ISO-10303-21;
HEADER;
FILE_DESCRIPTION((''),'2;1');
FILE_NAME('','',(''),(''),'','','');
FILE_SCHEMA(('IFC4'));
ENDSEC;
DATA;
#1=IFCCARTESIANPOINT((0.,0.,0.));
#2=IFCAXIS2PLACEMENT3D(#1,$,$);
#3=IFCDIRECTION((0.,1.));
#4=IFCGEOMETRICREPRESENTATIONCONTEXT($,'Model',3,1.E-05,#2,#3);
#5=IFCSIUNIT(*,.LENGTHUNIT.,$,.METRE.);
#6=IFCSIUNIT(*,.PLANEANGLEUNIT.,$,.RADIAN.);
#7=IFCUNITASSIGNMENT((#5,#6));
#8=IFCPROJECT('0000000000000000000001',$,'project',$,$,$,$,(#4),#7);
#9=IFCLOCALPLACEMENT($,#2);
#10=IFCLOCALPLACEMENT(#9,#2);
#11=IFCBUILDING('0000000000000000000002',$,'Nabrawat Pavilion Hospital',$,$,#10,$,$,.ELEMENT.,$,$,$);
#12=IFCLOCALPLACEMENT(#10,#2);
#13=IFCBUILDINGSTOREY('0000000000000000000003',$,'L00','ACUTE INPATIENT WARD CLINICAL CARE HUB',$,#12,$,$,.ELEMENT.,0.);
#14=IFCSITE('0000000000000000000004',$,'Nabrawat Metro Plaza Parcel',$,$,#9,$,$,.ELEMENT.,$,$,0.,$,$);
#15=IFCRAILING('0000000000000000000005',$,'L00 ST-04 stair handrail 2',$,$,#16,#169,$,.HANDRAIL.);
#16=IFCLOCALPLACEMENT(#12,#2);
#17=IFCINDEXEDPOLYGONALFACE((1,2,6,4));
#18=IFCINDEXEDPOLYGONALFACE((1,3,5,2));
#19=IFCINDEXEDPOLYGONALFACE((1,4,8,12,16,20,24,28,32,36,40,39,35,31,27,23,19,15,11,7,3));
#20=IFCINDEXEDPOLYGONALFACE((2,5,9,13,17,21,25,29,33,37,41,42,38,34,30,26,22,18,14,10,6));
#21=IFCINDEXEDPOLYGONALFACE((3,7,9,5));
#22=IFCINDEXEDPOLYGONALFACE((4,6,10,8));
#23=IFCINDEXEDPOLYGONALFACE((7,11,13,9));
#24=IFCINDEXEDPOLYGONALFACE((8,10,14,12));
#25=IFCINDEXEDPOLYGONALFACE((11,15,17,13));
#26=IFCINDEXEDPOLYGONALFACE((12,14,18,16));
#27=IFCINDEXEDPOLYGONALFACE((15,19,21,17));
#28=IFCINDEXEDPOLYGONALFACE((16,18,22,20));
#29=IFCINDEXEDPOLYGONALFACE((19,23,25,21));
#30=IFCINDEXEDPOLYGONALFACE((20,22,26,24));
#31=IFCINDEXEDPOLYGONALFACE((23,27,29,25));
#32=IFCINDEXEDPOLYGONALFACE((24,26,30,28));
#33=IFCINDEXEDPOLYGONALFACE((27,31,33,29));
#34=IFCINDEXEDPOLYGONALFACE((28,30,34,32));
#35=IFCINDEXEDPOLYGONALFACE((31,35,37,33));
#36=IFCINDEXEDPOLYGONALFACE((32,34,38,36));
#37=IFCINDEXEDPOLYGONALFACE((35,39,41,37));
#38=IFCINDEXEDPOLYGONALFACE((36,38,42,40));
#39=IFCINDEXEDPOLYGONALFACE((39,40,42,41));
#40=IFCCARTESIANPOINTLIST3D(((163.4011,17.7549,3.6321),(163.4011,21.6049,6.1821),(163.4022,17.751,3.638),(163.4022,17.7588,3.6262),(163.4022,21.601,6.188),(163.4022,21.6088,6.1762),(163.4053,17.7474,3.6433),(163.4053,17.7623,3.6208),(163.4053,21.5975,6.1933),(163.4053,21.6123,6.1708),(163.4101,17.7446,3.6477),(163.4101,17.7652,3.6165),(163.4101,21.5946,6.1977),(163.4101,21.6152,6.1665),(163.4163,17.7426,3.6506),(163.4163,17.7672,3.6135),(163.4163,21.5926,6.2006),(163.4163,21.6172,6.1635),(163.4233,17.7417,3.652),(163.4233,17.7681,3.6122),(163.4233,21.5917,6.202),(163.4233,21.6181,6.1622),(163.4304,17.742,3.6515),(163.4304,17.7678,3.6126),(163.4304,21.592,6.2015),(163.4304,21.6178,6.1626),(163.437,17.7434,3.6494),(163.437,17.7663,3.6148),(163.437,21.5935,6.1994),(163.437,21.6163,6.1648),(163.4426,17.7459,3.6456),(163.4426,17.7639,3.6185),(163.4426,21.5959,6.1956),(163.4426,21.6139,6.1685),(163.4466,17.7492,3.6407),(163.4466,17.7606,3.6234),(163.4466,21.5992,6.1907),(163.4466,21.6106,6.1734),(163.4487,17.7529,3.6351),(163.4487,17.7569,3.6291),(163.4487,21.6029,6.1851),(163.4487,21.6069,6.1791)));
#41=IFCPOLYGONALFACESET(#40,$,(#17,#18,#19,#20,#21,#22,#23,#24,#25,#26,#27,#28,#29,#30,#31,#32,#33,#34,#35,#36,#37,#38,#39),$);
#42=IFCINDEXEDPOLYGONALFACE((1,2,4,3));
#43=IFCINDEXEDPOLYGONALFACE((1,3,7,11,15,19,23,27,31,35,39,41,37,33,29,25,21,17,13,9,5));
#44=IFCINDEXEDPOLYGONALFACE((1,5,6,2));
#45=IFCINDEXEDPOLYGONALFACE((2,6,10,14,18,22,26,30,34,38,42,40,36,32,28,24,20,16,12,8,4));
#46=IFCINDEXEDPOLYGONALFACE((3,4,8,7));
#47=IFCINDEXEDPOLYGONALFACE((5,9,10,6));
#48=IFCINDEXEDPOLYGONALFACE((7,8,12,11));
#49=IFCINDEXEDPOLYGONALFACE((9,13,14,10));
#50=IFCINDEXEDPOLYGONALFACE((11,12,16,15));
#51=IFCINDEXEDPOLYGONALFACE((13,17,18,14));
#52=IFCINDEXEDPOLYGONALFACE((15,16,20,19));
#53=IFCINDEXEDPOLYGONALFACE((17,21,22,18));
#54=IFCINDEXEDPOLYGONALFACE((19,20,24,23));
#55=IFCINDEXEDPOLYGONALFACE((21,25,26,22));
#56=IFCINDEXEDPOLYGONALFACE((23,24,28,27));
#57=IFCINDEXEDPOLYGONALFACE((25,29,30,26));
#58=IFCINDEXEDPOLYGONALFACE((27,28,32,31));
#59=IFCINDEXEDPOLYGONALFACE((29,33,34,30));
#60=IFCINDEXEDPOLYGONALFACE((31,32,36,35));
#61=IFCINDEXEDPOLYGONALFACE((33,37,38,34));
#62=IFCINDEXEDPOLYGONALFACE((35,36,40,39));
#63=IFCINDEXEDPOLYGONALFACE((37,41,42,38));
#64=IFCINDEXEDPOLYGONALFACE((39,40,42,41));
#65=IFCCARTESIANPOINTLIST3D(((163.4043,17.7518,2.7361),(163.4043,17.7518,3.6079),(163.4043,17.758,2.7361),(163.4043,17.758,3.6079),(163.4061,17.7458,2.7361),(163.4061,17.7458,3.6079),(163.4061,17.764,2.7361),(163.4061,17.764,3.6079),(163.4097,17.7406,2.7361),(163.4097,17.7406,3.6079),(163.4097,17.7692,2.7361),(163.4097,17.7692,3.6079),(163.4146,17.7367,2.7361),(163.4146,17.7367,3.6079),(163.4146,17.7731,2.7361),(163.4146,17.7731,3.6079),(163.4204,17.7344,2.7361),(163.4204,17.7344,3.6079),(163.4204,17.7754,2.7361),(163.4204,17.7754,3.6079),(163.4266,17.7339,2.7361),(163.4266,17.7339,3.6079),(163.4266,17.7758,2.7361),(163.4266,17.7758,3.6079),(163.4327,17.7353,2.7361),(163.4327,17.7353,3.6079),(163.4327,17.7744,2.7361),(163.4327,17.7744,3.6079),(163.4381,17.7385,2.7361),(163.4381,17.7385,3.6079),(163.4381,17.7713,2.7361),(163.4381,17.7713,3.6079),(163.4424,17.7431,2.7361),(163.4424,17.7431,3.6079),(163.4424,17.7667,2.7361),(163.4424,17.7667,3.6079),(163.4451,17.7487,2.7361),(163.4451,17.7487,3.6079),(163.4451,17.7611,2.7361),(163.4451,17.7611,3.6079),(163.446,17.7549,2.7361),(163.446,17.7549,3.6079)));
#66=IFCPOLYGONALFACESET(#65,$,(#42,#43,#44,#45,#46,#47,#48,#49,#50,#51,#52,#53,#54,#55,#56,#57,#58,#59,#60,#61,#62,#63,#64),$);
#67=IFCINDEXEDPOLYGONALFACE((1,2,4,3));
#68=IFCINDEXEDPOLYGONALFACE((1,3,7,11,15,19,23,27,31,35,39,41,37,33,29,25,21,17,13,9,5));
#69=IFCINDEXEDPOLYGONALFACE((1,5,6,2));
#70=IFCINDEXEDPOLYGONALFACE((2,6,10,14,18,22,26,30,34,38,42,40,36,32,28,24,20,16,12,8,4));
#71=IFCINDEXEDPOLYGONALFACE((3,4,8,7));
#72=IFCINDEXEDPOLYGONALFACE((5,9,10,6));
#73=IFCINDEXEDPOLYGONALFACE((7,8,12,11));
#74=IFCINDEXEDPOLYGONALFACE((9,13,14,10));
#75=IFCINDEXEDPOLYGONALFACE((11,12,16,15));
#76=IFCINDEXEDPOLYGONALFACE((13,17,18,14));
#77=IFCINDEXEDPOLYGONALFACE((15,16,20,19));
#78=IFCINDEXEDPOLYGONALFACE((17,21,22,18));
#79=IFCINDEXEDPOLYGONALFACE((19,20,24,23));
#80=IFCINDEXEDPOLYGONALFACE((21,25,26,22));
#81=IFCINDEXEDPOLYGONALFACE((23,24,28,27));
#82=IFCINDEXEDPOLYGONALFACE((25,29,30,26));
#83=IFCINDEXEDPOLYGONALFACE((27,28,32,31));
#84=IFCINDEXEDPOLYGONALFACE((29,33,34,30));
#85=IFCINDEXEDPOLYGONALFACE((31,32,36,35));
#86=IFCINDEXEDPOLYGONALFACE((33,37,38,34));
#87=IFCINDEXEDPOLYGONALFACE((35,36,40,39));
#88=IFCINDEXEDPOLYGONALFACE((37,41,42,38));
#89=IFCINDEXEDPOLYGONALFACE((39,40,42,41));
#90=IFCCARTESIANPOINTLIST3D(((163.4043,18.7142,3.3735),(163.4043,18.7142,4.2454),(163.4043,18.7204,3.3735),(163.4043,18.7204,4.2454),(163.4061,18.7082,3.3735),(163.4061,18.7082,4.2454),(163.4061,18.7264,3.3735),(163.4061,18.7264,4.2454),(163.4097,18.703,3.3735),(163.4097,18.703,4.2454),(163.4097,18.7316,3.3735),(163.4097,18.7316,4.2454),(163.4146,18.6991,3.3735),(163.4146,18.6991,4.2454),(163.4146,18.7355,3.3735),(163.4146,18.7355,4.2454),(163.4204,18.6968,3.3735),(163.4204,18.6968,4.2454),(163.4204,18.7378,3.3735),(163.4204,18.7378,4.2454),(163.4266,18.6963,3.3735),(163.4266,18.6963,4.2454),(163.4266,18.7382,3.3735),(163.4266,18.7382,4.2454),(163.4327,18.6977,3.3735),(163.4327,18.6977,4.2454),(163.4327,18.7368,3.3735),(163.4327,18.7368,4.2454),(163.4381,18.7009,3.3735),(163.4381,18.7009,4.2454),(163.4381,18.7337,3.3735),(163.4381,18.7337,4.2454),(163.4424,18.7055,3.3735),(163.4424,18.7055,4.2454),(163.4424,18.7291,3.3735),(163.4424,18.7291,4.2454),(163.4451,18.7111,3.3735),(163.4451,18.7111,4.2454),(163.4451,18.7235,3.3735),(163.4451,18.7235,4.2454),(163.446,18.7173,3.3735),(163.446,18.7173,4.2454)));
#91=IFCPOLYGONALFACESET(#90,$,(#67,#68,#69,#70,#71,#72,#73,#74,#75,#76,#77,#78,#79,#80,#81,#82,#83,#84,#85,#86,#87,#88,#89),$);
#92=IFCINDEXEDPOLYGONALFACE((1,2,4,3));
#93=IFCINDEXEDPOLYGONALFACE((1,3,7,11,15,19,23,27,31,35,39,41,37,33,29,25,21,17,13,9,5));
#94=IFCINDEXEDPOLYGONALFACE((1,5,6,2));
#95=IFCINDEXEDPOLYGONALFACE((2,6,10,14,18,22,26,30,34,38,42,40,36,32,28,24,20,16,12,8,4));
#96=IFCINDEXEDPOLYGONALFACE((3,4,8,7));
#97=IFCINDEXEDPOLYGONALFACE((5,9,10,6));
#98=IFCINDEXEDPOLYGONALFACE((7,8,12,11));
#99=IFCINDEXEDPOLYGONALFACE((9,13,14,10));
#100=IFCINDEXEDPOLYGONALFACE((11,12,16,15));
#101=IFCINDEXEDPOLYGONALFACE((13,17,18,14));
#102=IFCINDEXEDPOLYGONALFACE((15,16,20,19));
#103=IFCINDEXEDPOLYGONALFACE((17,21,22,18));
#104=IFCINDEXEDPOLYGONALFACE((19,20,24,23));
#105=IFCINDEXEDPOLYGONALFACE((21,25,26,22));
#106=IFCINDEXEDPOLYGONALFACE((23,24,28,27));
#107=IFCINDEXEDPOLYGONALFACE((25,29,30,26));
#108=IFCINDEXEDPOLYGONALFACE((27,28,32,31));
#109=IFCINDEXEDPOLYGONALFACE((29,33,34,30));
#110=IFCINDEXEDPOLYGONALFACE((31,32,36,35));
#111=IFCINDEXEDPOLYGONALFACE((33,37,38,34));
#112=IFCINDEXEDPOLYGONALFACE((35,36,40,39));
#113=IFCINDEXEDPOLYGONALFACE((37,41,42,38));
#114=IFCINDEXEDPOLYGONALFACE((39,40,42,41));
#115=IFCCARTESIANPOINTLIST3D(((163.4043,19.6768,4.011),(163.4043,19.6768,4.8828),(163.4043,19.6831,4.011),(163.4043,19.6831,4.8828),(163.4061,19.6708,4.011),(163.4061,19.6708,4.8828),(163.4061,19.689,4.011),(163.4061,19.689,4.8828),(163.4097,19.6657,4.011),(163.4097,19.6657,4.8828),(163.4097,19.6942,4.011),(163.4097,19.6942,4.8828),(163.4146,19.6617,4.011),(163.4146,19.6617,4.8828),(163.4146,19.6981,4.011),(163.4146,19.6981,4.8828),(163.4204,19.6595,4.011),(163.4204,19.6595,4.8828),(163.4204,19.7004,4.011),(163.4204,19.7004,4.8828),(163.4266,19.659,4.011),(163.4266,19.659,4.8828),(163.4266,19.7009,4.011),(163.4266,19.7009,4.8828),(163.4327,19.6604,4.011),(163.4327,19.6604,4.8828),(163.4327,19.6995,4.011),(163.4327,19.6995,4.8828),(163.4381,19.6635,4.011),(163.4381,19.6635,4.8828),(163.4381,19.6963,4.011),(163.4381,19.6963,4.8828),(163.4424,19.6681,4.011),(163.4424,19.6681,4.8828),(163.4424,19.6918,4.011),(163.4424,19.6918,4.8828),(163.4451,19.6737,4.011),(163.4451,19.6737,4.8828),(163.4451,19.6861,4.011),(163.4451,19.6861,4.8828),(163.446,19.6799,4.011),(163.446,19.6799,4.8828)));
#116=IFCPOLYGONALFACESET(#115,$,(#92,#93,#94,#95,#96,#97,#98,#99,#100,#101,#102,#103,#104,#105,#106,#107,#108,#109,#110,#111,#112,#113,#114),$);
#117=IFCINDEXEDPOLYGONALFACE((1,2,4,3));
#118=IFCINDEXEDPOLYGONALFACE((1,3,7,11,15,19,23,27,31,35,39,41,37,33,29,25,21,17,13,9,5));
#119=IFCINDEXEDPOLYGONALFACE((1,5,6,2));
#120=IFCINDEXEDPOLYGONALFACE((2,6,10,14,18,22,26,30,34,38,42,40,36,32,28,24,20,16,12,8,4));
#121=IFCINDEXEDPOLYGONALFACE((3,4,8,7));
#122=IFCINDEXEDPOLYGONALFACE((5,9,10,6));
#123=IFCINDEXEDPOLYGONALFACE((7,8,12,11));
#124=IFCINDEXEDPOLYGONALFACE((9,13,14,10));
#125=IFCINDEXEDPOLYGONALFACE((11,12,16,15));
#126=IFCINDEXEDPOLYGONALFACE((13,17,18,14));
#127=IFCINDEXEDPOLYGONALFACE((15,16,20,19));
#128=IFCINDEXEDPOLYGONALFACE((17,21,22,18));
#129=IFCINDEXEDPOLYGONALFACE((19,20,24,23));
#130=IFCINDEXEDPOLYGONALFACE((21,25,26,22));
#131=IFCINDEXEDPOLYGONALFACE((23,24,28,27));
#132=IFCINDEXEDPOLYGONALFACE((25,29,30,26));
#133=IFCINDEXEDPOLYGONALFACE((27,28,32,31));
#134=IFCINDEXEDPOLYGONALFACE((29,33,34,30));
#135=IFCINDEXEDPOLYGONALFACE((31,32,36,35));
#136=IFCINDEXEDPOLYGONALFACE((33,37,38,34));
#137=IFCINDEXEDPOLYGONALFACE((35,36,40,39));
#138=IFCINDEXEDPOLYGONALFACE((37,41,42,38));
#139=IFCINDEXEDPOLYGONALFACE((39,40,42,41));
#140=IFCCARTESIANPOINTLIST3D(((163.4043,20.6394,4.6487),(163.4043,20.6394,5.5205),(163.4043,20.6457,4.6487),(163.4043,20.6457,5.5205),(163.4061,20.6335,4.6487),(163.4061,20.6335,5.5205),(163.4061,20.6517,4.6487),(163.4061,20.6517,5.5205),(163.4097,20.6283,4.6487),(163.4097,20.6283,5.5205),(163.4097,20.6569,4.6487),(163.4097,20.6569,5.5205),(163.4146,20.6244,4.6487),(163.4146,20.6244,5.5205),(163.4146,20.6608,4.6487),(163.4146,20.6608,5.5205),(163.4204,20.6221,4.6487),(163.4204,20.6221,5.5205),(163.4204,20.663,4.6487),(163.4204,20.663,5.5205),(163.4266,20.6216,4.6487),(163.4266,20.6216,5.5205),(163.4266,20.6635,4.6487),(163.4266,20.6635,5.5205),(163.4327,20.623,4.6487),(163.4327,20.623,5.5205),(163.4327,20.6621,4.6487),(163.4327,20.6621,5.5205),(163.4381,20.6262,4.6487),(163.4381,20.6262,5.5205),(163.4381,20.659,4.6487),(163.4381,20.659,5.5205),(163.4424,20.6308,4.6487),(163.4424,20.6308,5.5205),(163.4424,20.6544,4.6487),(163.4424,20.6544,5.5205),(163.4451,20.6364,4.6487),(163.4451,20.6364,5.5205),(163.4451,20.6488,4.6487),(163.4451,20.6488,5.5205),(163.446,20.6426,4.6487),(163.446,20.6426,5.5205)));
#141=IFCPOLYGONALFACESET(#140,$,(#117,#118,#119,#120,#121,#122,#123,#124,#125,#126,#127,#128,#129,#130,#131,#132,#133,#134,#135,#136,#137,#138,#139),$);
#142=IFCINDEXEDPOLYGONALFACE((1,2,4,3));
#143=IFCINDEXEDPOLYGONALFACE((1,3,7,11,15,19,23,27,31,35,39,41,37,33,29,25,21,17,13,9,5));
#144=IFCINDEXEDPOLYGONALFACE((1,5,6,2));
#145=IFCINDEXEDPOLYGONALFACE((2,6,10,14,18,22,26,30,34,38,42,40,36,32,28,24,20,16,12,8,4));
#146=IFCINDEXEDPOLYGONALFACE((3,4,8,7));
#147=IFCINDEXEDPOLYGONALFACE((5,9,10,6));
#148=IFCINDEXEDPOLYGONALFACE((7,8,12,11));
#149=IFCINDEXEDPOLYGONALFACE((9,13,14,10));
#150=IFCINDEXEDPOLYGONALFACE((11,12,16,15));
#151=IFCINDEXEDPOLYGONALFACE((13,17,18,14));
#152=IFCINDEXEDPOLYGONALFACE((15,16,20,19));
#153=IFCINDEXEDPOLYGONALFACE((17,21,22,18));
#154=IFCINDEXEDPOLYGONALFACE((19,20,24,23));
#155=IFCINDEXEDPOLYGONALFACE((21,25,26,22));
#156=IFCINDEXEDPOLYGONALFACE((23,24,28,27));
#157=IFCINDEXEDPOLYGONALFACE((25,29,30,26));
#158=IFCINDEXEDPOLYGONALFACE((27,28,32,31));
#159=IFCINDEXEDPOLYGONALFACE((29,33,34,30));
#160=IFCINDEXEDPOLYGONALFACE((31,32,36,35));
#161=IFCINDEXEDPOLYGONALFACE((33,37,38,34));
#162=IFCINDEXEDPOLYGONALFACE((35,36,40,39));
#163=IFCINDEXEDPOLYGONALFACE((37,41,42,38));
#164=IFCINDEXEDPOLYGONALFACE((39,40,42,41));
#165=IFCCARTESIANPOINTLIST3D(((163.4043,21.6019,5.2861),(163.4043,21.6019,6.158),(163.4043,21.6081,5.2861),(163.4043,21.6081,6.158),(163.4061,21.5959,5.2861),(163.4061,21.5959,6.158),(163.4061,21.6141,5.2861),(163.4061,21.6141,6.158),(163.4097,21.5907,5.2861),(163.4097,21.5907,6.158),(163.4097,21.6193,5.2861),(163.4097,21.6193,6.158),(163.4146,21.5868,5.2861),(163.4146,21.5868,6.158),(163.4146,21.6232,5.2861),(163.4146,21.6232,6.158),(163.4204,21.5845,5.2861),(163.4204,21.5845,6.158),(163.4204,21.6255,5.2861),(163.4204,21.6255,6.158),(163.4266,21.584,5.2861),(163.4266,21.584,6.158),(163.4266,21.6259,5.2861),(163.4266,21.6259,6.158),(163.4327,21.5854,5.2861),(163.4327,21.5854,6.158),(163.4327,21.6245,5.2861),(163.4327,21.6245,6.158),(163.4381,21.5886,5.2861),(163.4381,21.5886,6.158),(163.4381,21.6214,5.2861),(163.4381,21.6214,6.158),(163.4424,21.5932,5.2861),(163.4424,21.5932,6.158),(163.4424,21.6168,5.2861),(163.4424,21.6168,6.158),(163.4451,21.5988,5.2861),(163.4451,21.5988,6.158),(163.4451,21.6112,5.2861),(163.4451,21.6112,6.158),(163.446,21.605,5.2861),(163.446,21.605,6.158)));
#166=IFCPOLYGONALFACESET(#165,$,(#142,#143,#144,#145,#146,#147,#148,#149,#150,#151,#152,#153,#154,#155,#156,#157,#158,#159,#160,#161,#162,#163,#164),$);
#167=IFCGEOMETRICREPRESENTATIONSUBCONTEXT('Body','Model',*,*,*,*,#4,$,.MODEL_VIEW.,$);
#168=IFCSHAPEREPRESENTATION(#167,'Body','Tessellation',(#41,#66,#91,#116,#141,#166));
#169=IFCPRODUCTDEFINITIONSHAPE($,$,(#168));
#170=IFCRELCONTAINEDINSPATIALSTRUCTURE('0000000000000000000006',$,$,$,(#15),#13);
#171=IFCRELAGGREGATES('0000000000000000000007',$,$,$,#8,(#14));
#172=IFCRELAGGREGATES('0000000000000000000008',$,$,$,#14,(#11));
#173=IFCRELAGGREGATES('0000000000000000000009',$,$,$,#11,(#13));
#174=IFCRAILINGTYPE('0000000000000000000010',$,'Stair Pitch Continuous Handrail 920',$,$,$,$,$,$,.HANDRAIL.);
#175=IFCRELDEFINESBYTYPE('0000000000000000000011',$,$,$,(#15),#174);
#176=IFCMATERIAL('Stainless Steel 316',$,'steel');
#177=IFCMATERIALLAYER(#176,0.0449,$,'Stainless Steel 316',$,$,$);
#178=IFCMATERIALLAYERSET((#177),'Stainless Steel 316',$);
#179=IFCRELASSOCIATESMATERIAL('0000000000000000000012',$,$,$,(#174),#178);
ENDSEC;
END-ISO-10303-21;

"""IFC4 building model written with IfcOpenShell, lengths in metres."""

from ifc_helpers import new_model, si_unit, direction, frame, origin, origin_2d, place, context, subcontext, project, spatial, circle, extrude, material, layer, layer_set, type_object, element, save


model = new_model("IFC4")

# Units and contexts
model_context = context("Model", 3, precision=1e-05, world=origin(), true_north=direction((0.0, 1.0)))
body_context = subcontext(model_context, "Body", "Model", "MODEL_VIEW")
ifc_project = project(units=[si_unit("LENGTHUNIT", "METRE"), si_unit("PLANEANGLEUNIT", "RADIAN")], contexts=[model_context])

# Site, building, storey
site_placement = place(None, origin())
site = spatial("IfcSite", under=ifc_project, at=site_placement, Name="Nabrawat Metro Plaza Parcel", CompositionType="ELEMENT", RefElevation=0.0)
building_placement = place(site_placement, origin())
building = spatial("IfcBuilding", under=site, at=building_placement, Name="Nabrawat Pavilion Hospital", CompositionType="ELEMENT")
storey_placement = place(building_placement, origin())
storey = spatial("IfcBuildingStorey", under=building, at=storey_placement, Name="L00", Description="ACUTE INPATIENT WARD CLINICAL CARE HUB", CompositionType="ELEMENT", Elevation=0.0)

# Railing
ifc_material_1 = material(Name="Stainless Steel 316", Category="steel")
ifc_layer_1 = layer(ifc_material_1, 0.0449, Name="Stainless Steel 316")
ifc_layer_set_1 = layer_set([ifc_layer_1], Name="Stainless Steel 316")
railing_type = type_object("IfcRailingType", Name="Stair Pitch Continuous Handrail 920", PredefinedType="HANDRAIL", material=ifc_layer_set_1)
railing_placement = place(storey_placement, frame((163.425, 17.7549, 2.7361)))
element("IfcRailing", 1, at=railing_placement, inside=storey, type_object=railing_type, Name="L00 ST-04 stair handrail 2", PredefinedType="HANDRAIL", context=body_context, shape_type="SweptSolid", body=[
    extrude(circle(Radius=0.0239, at=origin_2d()), frame((0.0, 0.0, 0.896), z_axis=(0.0, 0.833714, 0.552197), x_axis=(-1.0, 0.0, 0.0)), (0.0, 0.0, 1.0), 4.6179),
    extrude(circle(Radius=0.021, at=origin_2d()), origin(), (0.0, 0.0, 1.0), 0.8718),
    extrude(circle(Radius=0.021, at=origin_2d()), frame((0.0, 0.9624, 0.6375)), (0.0, 0.0, 1.0), 0.8718),
    extrude(circle(Radius=0.021, at=origin_2d()), frame((0.0, 1.925, 1.2749)), (0.0, 0.0, 1.0), 0.8718),
    extrude(circle(Radius=0.021, at=origin_2d()), frame((0.0, 2.8877, 1.9126)), (0.0, 0.0, 1.0), 0.8718),
    extrude(circle(Radius=0.021, at=origin_2d()), frame((0.0, 3.8501, 2.55)), (0.0, 0.0, 1.0), 0.8718),
])

save(model, "model.ifc")
